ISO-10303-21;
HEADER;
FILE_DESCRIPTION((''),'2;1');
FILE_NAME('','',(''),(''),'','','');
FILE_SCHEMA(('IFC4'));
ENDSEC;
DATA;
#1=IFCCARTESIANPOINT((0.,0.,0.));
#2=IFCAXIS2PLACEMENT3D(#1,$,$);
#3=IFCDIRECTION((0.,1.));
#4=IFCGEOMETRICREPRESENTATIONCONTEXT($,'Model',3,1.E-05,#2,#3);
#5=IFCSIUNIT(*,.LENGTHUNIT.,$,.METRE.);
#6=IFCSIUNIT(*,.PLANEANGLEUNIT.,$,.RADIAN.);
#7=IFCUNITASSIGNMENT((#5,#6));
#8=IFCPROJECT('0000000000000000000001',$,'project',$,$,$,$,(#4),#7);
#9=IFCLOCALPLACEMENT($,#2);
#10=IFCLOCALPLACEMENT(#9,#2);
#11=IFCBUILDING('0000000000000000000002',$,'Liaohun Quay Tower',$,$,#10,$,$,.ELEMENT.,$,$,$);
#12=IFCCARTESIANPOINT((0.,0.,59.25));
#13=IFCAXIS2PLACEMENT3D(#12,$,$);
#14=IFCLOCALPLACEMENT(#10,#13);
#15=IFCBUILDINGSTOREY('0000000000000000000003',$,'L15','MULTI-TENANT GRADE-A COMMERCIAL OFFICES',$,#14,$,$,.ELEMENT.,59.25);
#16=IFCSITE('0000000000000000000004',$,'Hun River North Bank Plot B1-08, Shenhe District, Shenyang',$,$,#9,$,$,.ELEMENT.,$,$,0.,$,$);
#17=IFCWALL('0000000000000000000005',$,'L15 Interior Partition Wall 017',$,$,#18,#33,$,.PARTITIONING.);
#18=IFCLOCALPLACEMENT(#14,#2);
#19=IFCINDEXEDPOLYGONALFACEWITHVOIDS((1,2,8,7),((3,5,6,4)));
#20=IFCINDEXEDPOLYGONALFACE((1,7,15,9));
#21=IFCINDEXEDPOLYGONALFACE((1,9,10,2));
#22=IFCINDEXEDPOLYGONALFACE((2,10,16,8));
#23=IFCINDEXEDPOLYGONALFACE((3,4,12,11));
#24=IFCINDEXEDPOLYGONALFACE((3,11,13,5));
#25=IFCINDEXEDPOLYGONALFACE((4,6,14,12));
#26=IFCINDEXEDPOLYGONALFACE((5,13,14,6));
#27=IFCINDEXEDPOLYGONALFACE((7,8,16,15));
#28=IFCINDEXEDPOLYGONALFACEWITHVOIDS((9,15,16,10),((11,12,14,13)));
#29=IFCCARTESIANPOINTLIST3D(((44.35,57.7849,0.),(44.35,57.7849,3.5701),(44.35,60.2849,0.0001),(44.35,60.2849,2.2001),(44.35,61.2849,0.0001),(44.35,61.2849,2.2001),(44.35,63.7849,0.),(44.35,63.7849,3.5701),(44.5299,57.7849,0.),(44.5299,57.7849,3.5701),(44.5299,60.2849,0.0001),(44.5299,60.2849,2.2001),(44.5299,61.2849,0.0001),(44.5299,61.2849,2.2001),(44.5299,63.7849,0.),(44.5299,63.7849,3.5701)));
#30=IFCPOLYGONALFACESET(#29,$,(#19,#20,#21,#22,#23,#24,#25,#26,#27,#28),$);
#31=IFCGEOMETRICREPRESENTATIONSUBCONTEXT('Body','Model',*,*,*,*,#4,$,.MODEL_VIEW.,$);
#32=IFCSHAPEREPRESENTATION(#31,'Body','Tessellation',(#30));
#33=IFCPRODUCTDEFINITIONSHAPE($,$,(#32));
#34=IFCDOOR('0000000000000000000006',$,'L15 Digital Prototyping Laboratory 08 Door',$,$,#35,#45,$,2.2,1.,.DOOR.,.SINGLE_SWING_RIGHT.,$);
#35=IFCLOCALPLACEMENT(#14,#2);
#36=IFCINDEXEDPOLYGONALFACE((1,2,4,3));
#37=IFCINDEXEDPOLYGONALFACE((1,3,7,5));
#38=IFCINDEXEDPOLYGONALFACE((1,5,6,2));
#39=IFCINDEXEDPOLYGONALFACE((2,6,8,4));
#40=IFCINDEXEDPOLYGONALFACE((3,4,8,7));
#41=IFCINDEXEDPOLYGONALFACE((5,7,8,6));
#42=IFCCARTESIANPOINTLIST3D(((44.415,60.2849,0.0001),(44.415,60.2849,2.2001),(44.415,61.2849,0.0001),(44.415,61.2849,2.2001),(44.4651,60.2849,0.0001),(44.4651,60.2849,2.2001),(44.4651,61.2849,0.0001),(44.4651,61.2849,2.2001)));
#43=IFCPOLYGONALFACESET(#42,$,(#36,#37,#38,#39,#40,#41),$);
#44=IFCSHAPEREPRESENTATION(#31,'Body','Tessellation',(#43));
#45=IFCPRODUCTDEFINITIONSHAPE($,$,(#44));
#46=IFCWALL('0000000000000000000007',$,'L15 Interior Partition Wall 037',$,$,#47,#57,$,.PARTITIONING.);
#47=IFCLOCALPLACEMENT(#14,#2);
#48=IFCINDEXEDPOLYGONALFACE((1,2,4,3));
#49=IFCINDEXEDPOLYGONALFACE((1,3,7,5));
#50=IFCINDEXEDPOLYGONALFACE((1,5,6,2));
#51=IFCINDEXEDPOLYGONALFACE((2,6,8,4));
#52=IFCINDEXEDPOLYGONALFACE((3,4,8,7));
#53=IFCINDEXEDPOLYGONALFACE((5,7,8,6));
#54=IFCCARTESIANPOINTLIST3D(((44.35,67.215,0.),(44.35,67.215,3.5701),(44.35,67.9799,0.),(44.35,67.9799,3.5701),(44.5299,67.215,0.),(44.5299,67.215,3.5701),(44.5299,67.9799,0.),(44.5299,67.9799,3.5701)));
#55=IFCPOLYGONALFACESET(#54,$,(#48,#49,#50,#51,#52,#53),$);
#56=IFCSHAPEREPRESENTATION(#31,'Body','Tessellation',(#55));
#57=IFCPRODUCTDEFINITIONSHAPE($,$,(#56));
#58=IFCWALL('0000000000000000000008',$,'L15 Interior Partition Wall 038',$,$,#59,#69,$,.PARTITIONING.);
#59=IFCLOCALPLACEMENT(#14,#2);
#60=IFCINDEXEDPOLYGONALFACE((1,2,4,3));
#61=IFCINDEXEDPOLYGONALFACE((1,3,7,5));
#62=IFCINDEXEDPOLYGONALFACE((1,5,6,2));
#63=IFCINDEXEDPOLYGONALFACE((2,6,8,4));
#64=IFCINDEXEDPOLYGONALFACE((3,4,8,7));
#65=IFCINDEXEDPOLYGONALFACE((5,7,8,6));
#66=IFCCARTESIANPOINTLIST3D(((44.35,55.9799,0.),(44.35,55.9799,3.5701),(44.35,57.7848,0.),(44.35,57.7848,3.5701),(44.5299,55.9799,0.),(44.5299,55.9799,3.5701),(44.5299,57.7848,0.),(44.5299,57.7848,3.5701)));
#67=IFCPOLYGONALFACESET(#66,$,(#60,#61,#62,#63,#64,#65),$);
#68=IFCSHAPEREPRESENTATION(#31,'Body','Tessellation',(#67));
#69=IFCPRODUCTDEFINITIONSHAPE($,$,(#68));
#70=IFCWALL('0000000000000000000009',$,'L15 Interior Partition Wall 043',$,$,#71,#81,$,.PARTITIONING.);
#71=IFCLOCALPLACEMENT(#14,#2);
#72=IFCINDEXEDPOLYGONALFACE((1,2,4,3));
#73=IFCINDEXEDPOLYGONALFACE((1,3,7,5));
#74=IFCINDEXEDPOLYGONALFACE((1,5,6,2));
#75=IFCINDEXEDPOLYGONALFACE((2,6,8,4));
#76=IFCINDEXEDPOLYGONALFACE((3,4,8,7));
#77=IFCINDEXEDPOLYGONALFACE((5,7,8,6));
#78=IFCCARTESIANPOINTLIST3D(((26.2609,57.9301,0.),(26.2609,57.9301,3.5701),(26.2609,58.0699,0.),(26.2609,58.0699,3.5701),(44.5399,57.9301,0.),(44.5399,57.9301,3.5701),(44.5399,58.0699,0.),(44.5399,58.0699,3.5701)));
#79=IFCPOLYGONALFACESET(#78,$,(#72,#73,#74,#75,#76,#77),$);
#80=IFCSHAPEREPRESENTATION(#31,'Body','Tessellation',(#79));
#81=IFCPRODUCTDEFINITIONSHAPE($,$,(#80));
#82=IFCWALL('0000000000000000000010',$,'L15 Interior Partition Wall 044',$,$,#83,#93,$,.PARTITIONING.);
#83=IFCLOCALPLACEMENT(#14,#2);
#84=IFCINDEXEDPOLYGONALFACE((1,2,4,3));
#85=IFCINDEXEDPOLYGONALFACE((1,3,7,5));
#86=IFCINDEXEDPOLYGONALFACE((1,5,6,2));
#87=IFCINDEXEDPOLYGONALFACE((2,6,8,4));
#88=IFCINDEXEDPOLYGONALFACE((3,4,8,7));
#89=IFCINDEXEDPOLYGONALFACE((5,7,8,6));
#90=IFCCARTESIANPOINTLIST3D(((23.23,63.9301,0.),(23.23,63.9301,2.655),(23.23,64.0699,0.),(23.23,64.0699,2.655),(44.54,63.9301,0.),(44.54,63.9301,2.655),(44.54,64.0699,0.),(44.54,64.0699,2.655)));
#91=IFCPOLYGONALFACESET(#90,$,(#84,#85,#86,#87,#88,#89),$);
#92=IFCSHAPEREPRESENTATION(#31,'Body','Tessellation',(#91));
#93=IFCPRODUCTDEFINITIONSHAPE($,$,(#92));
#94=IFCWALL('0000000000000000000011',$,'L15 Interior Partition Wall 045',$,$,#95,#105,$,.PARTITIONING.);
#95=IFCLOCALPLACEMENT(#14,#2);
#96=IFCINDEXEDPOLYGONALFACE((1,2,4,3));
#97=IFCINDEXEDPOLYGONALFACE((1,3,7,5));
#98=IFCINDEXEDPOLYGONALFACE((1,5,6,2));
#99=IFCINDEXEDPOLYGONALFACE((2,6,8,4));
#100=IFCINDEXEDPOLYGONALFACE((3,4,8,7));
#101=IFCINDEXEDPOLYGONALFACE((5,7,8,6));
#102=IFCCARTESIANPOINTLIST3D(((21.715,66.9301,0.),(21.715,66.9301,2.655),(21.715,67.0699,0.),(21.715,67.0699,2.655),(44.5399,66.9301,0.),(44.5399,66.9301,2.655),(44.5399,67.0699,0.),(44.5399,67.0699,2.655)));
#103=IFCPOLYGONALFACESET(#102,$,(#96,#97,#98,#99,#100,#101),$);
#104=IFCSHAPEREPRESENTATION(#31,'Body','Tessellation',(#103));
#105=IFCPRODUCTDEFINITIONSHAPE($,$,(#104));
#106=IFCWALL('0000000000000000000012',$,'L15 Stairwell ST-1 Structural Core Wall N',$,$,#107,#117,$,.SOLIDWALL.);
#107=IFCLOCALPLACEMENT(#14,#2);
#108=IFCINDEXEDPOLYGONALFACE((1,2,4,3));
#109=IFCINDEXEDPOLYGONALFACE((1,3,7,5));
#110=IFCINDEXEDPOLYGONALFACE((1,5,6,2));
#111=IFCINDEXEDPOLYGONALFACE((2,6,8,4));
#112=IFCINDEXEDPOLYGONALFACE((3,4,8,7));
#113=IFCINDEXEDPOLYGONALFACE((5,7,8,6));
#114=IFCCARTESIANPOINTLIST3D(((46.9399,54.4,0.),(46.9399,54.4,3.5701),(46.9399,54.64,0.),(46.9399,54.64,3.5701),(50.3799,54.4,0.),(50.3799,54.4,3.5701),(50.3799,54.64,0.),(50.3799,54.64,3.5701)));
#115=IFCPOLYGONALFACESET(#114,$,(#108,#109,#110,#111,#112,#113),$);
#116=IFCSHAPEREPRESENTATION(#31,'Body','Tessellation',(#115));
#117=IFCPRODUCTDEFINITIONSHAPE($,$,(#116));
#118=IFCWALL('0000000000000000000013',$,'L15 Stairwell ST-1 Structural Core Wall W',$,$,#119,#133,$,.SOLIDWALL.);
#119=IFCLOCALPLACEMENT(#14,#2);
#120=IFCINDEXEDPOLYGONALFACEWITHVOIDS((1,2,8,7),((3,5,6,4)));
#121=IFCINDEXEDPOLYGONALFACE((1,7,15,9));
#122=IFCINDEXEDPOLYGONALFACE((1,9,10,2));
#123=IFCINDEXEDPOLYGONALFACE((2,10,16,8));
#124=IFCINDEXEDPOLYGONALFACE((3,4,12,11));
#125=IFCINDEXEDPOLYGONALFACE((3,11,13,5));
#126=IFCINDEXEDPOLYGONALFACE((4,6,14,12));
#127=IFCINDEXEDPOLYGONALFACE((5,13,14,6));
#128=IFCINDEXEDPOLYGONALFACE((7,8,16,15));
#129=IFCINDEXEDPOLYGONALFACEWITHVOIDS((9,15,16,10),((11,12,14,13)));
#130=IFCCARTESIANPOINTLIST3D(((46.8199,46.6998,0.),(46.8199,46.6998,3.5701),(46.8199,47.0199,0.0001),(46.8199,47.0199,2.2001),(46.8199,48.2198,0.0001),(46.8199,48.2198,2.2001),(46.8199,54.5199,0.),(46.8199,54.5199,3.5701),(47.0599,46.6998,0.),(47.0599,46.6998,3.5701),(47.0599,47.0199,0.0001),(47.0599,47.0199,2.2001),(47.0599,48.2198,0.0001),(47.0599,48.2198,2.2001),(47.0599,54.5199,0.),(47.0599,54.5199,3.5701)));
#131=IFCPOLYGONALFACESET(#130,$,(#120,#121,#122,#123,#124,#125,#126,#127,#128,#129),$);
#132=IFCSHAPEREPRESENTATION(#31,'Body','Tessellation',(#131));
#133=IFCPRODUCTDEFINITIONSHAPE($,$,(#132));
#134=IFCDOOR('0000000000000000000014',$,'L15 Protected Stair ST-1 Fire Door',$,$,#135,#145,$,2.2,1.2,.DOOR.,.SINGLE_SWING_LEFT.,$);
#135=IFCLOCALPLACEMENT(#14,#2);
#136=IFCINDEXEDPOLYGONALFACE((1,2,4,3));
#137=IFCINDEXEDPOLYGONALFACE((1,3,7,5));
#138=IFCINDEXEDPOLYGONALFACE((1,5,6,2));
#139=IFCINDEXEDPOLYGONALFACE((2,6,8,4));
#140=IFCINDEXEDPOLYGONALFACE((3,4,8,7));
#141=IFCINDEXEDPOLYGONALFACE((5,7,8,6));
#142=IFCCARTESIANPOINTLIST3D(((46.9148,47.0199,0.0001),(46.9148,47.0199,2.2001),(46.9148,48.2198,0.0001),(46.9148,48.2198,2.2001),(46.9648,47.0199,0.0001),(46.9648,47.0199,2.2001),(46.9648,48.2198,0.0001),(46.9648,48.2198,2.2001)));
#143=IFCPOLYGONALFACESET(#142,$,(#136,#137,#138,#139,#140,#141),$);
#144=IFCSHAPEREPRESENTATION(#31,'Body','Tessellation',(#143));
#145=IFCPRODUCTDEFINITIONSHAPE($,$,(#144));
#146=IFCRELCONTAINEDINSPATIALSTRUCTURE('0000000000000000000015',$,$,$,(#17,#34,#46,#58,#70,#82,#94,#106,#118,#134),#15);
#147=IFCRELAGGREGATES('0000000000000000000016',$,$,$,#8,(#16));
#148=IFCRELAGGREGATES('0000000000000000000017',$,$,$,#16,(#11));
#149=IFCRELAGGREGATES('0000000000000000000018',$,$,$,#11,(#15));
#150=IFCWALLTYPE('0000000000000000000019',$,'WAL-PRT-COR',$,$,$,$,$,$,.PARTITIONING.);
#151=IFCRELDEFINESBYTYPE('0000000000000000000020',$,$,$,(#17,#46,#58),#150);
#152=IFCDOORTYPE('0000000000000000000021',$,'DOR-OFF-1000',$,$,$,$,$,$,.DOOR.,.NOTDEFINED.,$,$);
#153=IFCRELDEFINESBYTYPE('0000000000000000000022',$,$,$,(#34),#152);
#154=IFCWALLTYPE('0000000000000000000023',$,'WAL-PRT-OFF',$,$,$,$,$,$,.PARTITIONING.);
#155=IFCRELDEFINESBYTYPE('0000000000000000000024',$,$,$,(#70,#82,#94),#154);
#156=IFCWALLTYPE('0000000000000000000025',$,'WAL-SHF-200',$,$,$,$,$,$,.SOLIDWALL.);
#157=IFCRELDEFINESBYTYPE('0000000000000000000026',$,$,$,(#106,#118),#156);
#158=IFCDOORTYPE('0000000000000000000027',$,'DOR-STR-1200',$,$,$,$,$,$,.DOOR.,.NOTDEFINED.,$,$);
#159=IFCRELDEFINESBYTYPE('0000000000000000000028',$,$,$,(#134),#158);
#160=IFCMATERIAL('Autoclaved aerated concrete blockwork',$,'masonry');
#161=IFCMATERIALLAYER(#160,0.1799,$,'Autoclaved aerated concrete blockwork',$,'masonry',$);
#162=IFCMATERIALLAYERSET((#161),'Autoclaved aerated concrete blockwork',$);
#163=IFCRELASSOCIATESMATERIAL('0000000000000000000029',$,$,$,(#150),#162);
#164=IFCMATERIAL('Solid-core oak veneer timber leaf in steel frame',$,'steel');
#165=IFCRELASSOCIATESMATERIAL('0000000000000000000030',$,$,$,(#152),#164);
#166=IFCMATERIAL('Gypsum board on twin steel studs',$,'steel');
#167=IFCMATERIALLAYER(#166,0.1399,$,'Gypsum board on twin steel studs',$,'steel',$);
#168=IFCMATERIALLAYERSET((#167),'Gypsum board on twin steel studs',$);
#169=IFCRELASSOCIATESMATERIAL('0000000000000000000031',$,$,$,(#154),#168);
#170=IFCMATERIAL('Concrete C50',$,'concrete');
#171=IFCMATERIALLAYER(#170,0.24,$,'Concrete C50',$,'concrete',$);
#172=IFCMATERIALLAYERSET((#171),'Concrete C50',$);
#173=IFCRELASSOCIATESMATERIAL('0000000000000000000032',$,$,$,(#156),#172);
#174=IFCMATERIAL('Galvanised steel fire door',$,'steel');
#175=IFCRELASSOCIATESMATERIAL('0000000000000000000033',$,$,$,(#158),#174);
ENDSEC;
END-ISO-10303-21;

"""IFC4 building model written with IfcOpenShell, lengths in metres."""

from ifc_helpers import new_model, si_unit, direction, frame, frame_2d, origin, place, context, subcontext, project, spatial, rectangle, extrude, source, transform, mapped, material, layer, layer_set, type_object, element, fill, save


model = new_model("IFC4")

# Units and contexts
model_context = context("Model", 3, precision=1e-05, world=origin(), true_north=direction((0.0, 1.0)))
body_context = subcontext(model_context, "Body", "Model", "MODEL_VIEW")
ifc_project = project(units=[si_unit("LENGTHUNIT", "METRE"), si_unit("PLANEANGLEUNIT", "RADIAN")], contexts=[model_context])

# Site, building, storey
site_placement = place(None, origin())
site = spatial("IfcSite", under=ifc_project, at=site_placement, Name="Hun River North Bank Plot B1-08, Shenhe District, Shenyang", CompositionType="ELEMENT", RefElevation=0.0)
building_placement = place(site_placement, origin())
building = spatial("IfcBuilding", under=site, at=building_placement, Name="Liaohun Quay Tower", CompositionType="ELEMENT")
storey_placement = place(building_placement, frame((0.0, 0.0, 59.25)))
storey = spatial("IfcBuildingStorey", under=building, at=storey_placement, Name="L15", Description="MULTI-TENANT GRADE-A COMMERCIAL OFFICES", CompositionType="ELEMENT", Elevation=59.25)

# Wall, opening, door
ifc_material_1 = material(Name="Autoclaved aerated concrete blockwork", Category="masonry")
ifc_layer_1 = layer(ifc_material_1, 0.1799, Name="Autoclaved aerated concrete blockwork", Category="masonry")
ifc_layer_set_1 = layer_set([ifc_layer_1], Name="Autoclaved aerated concrete blockwork")
wall_type_1 = type_object("IfcWallType", Name="WAL-PRT-COR", PredefinedType="PARTITIONING", material=ifc_layer_set_1)
shared_shape_1 = source(origin(), body_context, "Body", "SweptSolid", [
    extrude(rectangle(XDim=1.0, YDim=2.2, at=frame_2d((0.5, 1.1001))), frame((0.0, 0.0999, 0.0), z_axis=(0.0, -1.0, 0.0), x_axis=(1.0, 0.0, 0.0)), (0.0, 0.0, 1.0), 0.2),
])
ifc_material_2 = material(Name="Solid-core oak veneer timber leaf in steel frame", Category="steel")
door_type_1 = type_object("IfcDoorType", Name="DOR-OFF-1000", OperationType="NOTDEFINED", PredefinedType="DOOR", material=ifc_material_2)
shared_shape_2 = source(origin(), body_context, "Body", "SweptSolid", [
    extrude(rectangle(XDim=1.0, YDim=2.2, at=frame_2d((0.5, 1.1001))), frame((0.0, 0.0249, 0.0), z_axis=(0.0, -1.0, 0.0), x_axis=(1.0, 0.0, 0.0)), (0.0, 0.0, 1.0), 0.05),
])
wall_1_placement = place(storey_placement, frame((44.4399, 57.7849, 0.0), z_axis=(0.0, 0.0, 1.0), x_axis=(0.0, 1.0, 0.0)))
wall_1 = element("IfcWall", 1, at=wall_1_placement, inside=storey, type_object=wall_type_1, Name="L15 Interior Partition Wall 017", PredefinedType="PARTITIONING", context=body_context, shape_type="SweptSolid", body=[
    extrude(rectangle(XDim=6.0, YDim=0.1799, at=frame_2d((3.0, 0.0))), origin(), (0.0, 0.0, 1.0), 3.5701),
])
opening_1_placement = place(wall_1_placement, frame((2.5, 0.0, 0.0)))
opening_1 = element("IfcOpeningElement", 2, at=opening_1_placement, cuts=wall_1, PredefinedType="OPENING", context=body_context, shape_type="MappedRepresentation", body=[
    mapped(shared_shape_1, transform((0.0, 0.0, 0.0), x_axis=(1.0, 0.0, 0.0), y_axis=(0.0, 1.0, 0.0), z_axis=(0.0, 0.0, 1.0), scale=1.0)),
])
door_1_placement = place(opening_1_placement, origin())
door_1 = element("IfcDoor", 3, at=door_1_placement, inside=storey, type_object=door_type_1, Name="L15 Digital Prototyping Laboratory 08 Door", OperationType="SINGLE_SWING_RIGHT", OverallHeight=2.2, OverallWidth=1.0, PredefinedType="DOOR", context=body_context, shape_type="MappedRepresentation", body=[
    mapped(shared_shape_2, transform((0.0, 0.0, 0.0), x_axis=(1.0, 0.0, 0.0), y_axis=(0.0, 1.0, 0.0), z_axis=(0.0, 0.0, 1.0), scale=1.0)),
])
fill(opening_1, door_1)

# Walls
wall_2_placement = place(storey_placement, frame((44.4399, 67.2151, 0.0), z_axis=(0.0, 0.0, 1.0), x_axis=(0.0, 1.0, 0.0)))
element("IfcWall", 4, at=wall_2_placement, inside=storey, type_object=wall_type_1, Name="L15 Interior Partition Wall 037", PredefinedType="PARTITIONING", context=body_context, shape_type="SweptSolid", body=[
    extrude(rectangle(XDim=0.7649, YDim=0.1799, at=frame_2d((0.3823, 0.0))), origin(), (0.0, 0.0, 1.0), 3.5701),
])
wall_3_placement = place(storey_placement, frame((44.4399, 55.98, 0.0), z_axis=(0.0, 0.0, 1.0), x_axis=(0.0, 1.0, 0.0)))
element("IfcWall", 5, at=wall_3_placement, inside=storey, type_object=wall_type_1, Name="L15 Interior Partition Wall 038", PredefinedType="PARTITIONING", context=body_context, shape_type="SweptSolid", body=[
    extrude(rectangle(XDim=1.8049, YDim=0.1799, at=frame_2d((0.9023, 0.0))), origin(), (0.0, 0.0, 1.0), 3.5701),
])
ifc_material_3 = material(Name="Gypsum board on twin steel studs", Category="steel")
ifc_layer_2 = layer(ifc_material_3, 0.1399, Name="Gypsum board on twin steel studs", Category="steel")
ifc_layer_set_2 = layer_set([ifc_layer_2], Name="Gypsum board on twin steel studs")
wall_type_2 = type_object("IfcWallType", Name="WAL-PRT-OFF", PredefinedType="PARTITIONING", material=ifc_layer_set_2)
wall_4_placement = place(storey_placement, frame((44.54, 58.0, 0.0), z_axis=(0.0, 0.0, 1.0), x_axis=(-1.0, 0.0, 0.0)))
element("IfcWall", 6, at=wall_4_placement, inside=storey, type_object=wall_type_2, Name="L15 Interior Partition Wall 043", PredefinedType="PARTITIONING", context=body_context, shape_type="SweptSolid", body=[
    extrude(rectangle(XDim=18.2791, YDim=0.1399, at=frame_2d((9.1396, 0.0))), origin(), (0.0, 0.0, 1.0), 3.5701),
])
wall_5_placement = place(storey_placement, frame((44.54, 64.0, 0.0), z_axis=(0.0, 0.0, 1.0), x_axis=(-1.0, 0.0, 0.0)))
element("IfcWall", 7, at=wall_5_placement, inside=storey, type_object=wall_type_2, Name="L15 Interior Partition Wall 044", PredefinedType="PARTITIONING", context=body_context, shape_type="SweptSolid", body=[
    extrude(rectangle(XDim=21.3101, YDim=0.1399, at=frame_2d((10.655, 0.0))), origin(), (0.0, 0.0, 1.0), 2.655),
])
wall_6_placement = place(storey_placement, frame((44.54, 67.0, 0.0), z_axis=(0.0, 0.0, 1.0), x_axis=(-1.0, 0.0, 0.0)))
element("IfcWall", 8, at=wall_6_placement, inside=storey, type_object=wall_type_2, Name="L15 Interior Partition Wall 045", PredefinedType="PARTITIONING", context=body_context, shape_type="SweptSolid", body=[
    extrude(rectangle(XDim=22.825, YDim=0.1399, at=frame_2d((11.4126, 0.0))), origin(), (0.0, 0.0, 1.0), 2.655),
])
ifc_material_4 = material(Name="Concrete C50", Category="concrete")
ifc_layer_3 = layer(ifc_material_4, 0.24, Name="Concrete C50", Category="concrete")
ifc_layer_set_3 = layer_set([ifc_layer_3], Name="Concrete C50")
wall_type_3 = type_object("IfcWallType", Name="WAL-SHF-200", PredefinedType="SOLIDWALL", material=ifc_layer_set_3)
wall_7_placement = place(storey_placement, frame((50.3799, 54.52, 0.0), z_axis=(0.0, 0.0, 1.0), x_axis=(-1.0, 0.0, 0.0)))
element("IfcWall", 9, at=wall_7_placement, inside=storey, type_object=wall_type_3, Name="L15 Stairwell ST-1 Structural Core Wall N", PredefinedType="SOLIDWALL", context=body_context, shape_type="SweptSolid", body=[
    extrude(rectangle(XDim=3.4399, YDim=0.24, at=frame_2d((1.72, 0.0))), origin(), (0.0, 0.0, 1.0), 3.5701),
])

# Wall, opening, door
wall_8_placement = place(storey_placement, frame((46.9399, 54.52, 0.0), z_axis=(0.0, 0.0, 1.0), x_axis=(0.0, -1.0, 0.0)))
wall_8 = element("IfcWall", 10, at=wall_8_placement, inside=storey, type_object=wall_type_3, Name="L15 Stairwell ST-1 Structural Core Wall W", PredefinedType="SOLIDWALL", context=body_context, shape_type="SweptSolid", body=[
    extrude(rectangle(XDim=7.8201, YDim=0.24, at=frame_2d((3.9102, 0.0))), origin(), (0.0, 0.0, 1.0), 3.5701),
])
shared_shape_3 = source(origin(), body_context, "Body", "SweptSolid", [
    extrude(rectangle(XDim=1.2, YDim=2.2, at=frame_2d((0.6001, 1.1001))), frame((0.0, 0.1299, 0.0), z_axis=(0.0, -1.0, 0.0), x_axis=(1.0, 0.0, 0.0)), (0.0, 0.0, 1.0), 0.26),
])
opening_2_placement = place(wall_8_placement, frame((6.3, 0.0, 0.0)))
opening_2 = element("IfcOpeningElement", 11, at=opening_2_placement, cuts=wall_8, PredefinedType="OPENING", context=body_context, shape_type="MappedRepresentation", body=[
    mapped(shared_shape_3, transform((0.0, 0.0, 0.0), x_axis=(1.0, 0.0, 0.0), y_axis=(0.0, 1.0, 0.0), z_axis=(0.0, 0.0, 1.0), scale=1.0)),
])
ifc_material_5 = material(Name="Galvanised steel fire door", Category="steel")
door_type_2 = type_object("IfcDoorType", Name="DOR-STR-1200", OperationType="NOTDEFINED", PredefinedType="DOOR", material=ifc_material_5)
shared_shape_4 = source(origin(), body_context, "Body", "SweptSolid", [
    extrude(rectangle(XDim=1.2, YDim=2.2, at=frame_2d((0.6001, 1.1001))), frame((0.0, 0.0249, 0.0), z_axis=(0.0, -1.0, 0.0), x_axis=(1.0, 0.0, 0.0)), (0.0, 0.0, 1.0), 0.05),
])
door_2_placement = place(opening_2_placement, origin())
door_2 = element("IfcDoor", 12, at=door_2_placement, inside=storey, type_object=door_type_2, Name="L15 Protected Stair ST-1 Fire Door", OperationType="SINGLE_SWING_LEFT", OverallHeight=2.2, OverallWidth=1.2, PredefinedType="DOOR", context=body_context, shape_type="MappedRepresentation", body=[
    mapped(shared_shape_4, transform((0.0, 0.0, 0.0), x_axis=(1.0, 0.0, 0.0), y_axis=(0.0, 1.0, 0.0), z_axis=(0.0, 0.0, 1.0), scale=1.0)),
])
fill(opening_2, door_2)

save(model, "model.ifc")
